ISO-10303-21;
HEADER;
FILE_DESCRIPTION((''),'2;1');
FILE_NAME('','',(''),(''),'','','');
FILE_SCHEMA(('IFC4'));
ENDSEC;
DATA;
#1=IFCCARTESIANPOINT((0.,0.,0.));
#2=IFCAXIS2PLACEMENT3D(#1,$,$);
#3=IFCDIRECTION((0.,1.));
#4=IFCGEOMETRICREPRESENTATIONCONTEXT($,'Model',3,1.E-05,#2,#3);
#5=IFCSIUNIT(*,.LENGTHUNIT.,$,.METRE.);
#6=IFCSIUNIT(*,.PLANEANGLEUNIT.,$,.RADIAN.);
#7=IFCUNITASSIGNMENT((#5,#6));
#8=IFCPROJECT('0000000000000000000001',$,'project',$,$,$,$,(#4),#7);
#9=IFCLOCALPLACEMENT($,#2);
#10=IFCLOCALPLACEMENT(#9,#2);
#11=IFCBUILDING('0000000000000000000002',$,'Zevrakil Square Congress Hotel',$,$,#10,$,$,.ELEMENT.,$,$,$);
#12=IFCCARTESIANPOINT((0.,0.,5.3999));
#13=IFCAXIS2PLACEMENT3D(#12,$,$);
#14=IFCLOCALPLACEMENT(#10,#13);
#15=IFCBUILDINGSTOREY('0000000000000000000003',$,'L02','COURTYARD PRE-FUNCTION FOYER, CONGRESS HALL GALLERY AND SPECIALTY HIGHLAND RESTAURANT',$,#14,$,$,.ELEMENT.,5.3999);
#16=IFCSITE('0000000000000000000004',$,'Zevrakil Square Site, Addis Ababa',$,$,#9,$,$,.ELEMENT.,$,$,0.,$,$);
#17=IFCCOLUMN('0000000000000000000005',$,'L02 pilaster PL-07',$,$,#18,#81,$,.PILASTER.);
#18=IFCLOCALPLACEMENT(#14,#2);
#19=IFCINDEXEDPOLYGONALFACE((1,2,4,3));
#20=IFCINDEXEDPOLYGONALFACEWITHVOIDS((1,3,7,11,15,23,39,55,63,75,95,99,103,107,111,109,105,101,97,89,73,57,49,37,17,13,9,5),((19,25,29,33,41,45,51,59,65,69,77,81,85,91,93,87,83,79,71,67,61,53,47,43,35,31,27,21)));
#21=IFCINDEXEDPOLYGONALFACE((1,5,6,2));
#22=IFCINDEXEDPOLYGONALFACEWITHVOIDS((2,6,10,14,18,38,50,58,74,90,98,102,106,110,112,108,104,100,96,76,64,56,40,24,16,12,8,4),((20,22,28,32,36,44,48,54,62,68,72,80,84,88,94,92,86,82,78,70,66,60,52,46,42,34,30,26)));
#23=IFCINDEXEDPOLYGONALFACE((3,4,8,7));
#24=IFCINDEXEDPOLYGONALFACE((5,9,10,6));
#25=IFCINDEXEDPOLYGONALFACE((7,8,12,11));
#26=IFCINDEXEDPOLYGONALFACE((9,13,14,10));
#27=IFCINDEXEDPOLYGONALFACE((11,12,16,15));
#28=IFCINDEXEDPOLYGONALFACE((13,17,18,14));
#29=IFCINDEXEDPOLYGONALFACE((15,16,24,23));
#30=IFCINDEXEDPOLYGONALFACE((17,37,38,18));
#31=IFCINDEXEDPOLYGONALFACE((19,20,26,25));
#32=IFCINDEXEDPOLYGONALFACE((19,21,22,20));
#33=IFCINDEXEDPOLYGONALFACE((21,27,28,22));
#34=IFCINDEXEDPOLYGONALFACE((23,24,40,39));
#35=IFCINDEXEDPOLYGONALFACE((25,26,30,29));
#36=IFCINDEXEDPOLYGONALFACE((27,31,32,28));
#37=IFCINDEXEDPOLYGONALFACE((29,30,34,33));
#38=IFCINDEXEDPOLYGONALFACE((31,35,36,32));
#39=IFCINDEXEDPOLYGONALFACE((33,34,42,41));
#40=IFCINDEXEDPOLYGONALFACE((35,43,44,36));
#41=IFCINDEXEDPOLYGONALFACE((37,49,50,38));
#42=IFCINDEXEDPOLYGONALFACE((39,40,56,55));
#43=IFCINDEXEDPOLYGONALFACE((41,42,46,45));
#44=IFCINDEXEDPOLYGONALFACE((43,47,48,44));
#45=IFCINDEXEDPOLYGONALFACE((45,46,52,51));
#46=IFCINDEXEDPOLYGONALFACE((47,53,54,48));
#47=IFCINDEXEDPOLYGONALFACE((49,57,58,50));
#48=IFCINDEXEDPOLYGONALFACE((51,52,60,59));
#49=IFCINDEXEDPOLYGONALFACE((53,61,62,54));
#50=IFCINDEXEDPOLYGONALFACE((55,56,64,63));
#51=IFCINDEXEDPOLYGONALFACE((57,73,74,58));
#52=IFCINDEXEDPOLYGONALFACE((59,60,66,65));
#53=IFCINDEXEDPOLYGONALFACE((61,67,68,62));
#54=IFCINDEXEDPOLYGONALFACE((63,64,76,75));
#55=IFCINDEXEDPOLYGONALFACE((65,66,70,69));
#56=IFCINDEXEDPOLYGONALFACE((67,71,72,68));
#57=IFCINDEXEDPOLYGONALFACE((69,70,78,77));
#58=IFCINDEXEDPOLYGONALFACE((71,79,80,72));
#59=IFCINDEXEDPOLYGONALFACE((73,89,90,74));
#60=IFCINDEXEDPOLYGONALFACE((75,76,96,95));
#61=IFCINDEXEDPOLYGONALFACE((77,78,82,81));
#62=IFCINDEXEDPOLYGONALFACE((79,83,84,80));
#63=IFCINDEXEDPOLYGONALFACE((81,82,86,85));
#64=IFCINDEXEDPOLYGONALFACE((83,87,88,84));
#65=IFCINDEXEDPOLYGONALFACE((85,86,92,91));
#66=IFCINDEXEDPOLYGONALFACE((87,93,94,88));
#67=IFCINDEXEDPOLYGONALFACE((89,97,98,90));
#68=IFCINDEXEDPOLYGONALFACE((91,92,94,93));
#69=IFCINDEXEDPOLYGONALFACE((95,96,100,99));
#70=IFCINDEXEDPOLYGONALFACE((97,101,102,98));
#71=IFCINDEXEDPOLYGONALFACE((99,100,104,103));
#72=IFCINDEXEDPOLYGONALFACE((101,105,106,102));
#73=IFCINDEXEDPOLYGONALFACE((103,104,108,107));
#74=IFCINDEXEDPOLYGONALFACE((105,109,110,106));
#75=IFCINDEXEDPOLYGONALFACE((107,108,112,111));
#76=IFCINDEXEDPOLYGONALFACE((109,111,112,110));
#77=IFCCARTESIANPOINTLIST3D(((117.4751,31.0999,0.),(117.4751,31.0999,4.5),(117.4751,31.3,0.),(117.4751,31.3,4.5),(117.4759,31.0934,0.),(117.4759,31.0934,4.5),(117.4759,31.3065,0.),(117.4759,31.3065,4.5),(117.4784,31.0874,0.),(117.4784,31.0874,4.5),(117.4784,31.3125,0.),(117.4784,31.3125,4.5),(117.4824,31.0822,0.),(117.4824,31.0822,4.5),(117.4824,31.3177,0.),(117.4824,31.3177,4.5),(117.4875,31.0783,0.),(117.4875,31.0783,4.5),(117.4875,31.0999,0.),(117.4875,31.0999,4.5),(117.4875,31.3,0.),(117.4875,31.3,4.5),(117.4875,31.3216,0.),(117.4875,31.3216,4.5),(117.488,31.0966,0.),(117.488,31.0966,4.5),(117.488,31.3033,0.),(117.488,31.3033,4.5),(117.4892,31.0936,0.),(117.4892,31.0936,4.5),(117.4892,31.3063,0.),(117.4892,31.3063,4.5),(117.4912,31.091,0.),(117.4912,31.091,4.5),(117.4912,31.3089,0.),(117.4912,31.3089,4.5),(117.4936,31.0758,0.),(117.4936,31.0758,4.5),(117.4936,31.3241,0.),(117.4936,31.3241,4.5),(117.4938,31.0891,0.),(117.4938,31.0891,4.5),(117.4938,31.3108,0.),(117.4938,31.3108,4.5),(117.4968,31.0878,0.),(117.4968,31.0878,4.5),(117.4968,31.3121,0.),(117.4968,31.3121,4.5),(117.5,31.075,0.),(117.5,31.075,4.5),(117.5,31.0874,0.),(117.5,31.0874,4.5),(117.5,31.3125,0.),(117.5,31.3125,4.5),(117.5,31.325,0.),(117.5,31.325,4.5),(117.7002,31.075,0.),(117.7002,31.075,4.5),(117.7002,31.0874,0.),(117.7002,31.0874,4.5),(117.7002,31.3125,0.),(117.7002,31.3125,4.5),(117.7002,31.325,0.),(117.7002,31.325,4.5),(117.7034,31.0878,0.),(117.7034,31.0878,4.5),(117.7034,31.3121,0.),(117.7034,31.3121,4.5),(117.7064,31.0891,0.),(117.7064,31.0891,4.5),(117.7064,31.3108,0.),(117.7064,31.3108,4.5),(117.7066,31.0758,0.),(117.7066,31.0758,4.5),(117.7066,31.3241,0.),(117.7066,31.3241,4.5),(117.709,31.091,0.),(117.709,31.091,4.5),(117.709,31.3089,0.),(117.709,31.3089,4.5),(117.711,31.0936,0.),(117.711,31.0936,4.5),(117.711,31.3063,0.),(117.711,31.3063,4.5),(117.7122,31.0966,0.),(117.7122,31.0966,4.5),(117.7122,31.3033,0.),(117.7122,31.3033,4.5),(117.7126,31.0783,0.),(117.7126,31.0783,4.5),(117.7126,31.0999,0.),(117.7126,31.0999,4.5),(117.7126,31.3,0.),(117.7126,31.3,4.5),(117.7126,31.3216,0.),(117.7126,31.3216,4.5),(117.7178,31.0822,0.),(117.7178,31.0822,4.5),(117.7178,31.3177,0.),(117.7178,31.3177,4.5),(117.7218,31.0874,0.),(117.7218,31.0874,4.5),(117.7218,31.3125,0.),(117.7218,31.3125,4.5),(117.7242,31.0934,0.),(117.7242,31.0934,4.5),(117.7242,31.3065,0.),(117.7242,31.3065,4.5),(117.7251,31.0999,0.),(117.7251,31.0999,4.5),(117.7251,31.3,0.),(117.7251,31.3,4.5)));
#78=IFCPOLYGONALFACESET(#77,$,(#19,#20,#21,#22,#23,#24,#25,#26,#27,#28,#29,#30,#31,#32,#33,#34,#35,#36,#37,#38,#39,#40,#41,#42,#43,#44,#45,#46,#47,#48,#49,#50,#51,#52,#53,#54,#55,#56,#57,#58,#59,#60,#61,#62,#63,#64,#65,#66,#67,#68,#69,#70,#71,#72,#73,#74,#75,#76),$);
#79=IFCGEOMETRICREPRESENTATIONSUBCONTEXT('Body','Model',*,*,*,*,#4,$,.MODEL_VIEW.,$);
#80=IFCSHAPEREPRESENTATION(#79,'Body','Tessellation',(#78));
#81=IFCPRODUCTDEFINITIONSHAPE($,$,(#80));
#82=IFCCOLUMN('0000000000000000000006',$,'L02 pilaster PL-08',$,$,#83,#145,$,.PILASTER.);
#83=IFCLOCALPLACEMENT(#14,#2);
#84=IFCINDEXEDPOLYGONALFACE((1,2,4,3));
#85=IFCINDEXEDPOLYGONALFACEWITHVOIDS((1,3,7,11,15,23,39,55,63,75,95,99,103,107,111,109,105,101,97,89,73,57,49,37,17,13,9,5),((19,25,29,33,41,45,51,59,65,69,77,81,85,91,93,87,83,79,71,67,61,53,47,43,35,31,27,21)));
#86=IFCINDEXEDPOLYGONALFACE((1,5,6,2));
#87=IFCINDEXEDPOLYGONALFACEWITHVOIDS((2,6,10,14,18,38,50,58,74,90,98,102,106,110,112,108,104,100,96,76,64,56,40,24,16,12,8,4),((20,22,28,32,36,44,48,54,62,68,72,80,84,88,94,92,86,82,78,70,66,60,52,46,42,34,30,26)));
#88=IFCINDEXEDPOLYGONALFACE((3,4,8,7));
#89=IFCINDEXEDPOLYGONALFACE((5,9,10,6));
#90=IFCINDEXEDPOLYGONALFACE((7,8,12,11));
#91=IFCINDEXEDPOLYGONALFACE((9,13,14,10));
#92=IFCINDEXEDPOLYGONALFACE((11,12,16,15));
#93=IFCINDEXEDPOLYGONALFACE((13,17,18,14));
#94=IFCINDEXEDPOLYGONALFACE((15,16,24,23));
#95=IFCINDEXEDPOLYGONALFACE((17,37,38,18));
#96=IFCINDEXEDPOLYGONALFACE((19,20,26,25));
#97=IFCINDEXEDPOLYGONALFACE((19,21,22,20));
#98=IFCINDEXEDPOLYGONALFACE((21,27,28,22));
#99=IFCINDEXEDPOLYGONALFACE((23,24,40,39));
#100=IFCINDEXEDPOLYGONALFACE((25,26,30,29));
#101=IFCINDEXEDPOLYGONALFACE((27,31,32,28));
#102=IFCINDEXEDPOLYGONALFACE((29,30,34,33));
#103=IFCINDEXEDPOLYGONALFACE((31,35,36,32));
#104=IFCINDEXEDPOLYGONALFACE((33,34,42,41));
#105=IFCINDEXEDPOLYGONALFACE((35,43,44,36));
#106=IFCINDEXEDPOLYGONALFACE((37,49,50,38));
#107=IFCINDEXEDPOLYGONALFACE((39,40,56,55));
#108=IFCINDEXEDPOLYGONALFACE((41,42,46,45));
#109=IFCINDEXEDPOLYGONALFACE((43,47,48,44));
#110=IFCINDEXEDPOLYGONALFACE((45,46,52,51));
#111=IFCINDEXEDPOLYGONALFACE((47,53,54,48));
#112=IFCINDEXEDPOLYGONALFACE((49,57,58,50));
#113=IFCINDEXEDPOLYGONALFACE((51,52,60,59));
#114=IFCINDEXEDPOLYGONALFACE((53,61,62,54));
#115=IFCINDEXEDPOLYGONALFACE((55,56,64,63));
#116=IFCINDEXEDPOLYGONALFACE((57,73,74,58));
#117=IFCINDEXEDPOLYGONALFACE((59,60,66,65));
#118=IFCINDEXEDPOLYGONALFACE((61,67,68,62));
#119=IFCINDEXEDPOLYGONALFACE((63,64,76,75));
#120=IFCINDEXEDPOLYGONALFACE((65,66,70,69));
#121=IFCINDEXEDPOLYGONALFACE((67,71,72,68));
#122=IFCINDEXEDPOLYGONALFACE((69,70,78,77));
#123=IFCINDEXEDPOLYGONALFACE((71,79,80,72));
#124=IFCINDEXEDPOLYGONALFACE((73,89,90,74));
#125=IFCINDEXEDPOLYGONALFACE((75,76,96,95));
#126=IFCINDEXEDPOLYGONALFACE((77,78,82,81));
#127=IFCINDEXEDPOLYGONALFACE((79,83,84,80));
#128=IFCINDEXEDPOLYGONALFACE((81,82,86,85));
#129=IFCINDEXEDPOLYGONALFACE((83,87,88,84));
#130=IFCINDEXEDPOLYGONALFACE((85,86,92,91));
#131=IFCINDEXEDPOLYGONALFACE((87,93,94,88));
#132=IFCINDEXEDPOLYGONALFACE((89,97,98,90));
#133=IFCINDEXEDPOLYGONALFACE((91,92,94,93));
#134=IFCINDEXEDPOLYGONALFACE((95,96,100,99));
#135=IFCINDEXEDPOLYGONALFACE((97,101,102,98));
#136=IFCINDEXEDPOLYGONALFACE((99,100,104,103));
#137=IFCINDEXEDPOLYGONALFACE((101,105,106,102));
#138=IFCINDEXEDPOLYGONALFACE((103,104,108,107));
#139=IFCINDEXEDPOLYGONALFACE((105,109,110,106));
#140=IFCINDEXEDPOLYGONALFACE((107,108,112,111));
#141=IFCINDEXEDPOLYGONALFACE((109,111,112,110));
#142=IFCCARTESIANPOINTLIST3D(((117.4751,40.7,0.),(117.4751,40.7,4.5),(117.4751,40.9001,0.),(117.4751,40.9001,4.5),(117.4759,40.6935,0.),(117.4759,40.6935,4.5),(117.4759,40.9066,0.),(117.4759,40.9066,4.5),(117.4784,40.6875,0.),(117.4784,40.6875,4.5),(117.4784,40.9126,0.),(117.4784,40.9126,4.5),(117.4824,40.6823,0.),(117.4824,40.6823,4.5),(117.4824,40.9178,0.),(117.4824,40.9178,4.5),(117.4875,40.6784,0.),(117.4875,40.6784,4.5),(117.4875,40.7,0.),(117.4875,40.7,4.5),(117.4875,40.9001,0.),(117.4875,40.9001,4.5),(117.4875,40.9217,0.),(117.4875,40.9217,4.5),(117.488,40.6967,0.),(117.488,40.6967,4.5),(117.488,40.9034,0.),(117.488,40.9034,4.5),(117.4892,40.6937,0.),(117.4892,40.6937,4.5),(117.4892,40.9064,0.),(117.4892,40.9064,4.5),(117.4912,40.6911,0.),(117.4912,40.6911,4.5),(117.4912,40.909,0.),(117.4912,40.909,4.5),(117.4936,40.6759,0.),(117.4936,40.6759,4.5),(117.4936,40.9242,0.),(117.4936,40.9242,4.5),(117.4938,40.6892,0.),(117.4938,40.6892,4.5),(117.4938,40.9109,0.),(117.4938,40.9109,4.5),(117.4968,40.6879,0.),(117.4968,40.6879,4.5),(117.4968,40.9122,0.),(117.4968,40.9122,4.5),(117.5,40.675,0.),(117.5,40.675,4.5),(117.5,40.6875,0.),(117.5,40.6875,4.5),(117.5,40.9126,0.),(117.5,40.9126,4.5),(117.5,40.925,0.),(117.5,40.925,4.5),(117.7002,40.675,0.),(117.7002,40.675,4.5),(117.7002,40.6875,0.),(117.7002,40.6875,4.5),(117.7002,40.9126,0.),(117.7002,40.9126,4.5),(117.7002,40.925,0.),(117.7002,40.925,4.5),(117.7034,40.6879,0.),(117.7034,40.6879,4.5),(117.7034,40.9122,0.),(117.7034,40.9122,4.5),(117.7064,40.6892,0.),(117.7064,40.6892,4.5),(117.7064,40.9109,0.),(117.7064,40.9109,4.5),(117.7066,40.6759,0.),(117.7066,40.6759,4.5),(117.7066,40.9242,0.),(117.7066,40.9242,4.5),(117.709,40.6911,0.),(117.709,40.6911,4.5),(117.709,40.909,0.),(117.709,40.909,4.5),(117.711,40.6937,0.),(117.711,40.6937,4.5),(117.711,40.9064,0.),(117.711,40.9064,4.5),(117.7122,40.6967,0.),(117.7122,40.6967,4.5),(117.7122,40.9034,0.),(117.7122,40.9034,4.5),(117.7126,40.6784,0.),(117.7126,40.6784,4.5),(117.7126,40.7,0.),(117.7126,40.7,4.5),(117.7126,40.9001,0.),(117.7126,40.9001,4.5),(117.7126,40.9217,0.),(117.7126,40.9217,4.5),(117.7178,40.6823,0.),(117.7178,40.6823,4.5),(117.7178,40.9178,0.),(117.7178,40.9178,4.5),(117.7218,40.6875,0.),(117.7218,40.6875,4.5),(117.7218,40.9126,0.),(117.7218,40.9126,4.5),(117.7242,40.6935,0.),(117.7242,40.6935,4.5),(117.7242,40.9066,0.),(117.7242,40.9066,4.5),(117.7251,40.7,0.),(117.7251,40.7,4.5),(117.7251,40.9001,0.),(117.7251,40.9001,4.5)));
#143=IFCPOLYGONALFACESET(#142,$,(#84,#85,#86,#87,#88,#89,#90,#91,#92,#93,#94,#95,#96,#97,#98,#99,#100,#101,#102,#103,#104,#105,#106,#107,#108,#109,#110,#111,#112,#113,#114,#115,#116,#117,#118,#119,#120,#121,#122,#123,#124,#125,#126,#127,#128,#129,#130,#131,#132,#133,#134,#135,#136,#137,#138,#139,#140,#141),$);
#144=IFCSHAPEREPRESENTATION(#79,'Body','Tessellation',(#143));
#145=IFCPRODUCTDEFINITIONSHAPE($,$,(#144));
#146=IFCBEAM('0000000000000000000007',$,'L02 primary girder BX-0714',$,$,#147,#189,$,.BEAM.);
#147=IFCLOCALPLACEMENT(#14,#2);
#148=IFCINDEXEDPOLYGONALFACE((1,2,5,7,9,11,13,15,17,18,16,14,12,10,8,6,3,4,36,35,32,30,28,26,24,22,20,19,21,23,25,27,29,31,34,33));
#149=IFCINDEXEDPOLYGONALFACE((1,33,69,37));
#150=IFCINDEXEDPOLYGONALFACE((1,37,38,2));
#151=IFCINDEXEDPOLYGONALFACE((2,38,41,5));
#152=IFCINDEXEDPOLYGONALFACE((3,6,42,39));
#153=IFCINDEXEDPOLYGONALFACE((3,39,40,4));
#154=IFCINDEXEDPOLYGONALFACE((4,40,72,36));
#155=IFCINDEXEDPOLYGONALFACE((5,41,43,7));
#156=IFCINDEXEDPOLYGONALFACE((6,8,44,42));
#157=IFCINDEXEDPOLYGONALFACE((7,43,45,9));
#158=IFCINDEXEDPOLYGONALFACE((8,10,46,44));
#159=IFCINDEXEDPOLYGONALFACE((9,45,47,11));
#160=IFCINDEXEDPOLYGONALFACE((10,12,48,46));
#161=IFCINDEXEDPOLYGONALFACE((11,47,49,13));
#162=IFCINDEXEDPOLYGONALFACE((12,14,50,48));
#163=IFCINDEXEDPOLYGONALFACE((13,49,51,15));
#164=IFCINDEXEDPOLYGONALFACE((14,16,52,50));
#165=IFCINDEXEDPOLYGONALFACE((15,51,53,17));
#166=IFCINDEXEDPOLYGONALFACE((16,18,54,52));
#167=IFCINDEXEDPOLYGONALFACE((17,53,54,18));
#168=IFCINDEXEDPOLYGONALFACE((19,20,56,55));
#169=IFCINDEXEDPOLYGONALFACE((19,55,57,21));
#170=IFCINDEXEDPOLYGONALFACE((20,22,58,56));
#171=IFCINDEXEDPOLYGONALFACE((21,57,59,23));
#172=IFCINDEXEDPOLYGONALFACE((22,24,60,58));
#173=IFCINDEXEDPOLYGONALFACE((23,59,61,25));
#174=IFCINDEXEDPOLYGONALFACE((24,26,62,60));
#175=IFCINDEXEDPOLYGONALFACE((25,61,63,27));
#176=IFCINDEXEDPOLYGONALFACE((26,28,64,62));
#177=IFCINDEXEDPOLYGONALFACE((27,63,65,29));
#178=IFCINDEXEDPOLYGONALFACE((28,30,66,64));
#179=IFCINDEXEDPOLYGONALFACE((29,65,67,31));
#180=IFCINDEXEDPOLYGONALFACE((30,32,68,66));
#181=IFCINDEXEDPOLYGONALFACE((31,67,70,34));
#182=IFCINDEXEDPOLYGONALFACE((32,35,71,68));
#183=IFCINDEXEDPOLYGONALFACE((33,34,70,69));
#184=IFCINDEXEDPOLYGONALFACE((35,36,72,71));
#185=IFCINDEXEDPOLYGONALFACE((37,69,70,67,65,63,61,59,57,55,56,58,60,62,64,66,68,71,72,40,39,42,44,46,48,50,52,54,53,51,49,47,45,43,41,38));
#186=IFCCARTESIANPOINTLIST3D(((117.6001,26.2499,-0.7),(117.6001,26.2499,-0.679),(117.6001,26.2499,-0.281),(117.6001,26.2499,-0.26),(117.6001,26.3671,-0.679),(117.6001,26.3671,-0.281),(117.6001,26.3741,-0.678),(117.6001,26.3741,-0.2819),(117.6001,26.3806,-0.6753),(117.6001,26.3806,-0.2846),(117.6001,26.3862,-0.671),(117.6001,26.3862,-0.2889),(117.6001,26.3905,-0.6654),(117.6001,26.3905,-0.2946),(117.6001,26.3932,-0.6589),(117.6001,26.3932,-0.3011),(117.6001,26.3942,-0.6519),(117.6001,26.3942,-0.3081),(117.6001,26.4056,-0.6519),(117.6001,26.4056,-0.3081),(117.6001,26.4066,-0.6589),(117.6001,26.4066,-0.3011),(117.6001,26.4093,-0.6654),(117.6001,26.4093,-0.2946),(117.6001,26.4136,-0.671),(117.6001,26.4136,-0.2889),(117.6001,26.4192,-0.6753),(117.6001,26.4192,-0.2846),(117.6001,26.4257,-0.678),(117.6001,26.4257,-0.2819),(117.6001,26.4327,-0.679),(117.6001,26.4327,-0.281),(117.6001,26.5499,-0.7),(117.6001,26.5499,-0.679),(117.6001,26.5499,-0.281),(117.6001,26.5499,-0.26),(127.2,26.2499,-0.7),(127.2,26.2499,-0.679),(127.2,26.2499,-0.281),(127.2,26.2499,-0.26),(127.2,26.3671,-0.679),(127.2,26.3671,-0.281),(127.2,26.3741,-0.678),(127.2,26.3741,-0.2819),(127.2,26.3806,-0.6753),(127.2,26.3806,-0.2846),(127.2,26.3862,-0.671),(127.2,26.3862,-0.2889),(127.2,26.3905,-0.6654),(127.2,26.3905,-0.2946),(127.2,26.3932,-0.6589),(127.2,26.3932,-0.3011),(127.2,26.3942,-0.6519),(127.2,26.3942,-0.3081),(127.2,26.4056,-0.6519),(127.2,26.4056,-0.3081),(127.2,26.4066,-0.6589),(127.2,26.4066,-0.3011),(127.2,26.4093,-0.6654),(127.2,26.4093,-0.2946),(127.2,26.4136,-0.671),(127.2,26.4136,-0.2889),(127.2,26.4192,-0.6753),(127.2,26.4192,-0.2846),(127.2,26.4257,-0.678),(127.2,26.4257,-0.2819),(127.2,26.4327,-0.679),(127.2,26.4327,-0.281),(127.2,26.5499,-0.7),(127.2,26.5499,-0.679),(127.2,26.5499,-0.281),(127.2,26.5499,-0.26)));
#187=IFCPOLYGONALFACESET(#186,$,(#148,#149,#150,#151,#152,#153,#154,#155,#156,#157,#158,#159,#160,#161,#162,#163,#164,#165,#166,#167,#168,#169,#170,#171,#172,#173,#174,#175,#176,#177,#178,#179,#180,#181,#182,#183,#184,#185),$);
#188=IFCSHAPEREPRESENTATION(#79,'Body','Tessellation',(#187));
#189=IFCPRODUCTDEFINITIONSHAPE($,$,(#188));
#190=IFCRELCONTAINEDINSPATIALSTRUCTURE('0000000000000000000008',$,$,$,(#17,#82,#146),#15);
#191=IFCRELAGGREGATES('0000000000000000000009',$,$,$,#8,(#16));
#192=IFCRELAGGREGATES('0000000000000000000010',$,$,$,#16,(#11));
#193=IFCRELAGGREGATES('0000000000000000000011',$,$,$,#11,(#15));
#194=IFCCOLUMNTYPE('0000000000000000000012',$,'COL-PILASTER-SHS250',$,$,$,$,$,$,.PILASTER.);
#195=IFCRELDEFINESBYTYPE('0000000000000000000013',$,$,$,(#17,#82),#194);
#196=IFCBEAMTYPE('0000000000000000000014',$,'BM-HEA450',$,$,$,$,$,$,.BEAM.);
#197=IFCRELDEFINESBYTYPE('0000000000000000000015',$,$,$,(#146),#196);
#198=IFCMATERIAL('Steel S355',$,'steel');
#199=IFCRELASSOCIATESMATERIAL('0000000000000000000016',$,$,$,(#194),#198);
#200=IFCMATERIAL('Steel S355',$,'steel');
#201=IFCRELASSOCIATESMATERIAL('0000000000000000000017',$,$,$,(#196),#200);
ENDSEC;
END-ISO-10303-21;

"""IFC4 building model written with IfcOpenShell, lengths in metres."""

from ifc_helpers import new_model, si_unit, direction, frame, origin, origin_2d, place, context, subcontext, project, spatial, hollow_rectangle, i_section, extrude, material, material_profile, profile_set, type_object, element, save


model = new_model("IFC4")

# Units and contexts
model_context = context("Model", 3, precision=1e-05, world=origin(), true_north=direction((0.0, 1.0)))
body_context = subcontext(model_context, "Body", "Model", "MODEL_VIEW")
ifc_project = project(units=[si_unit("LENGTHUNIT", "METRE"), si_unit("PLANEANGLEUNIT", "RADIAN")], contexts=[model_context])

# Site, building, storey
site_placement = place(None, origin())
site = spatial("IfcSite", under=ifc_project, at=site_placement, Name="Zevrakil Square Site, Addis Ababa", CompositionType="ELEMENT", RefElevation=0.0)
building_placement = place(site_placement, origin())
building = spatial("IfcBuilding", under=site, at=building_placement, Name="Zevrakil Square Congress Hotel", CompositionType="ELEMENT")
storey_placement = place(building_placement, frame((0.0, 0.0, 5.3999)))
storey = spatial("IfcBuildingStorey", under=building, at=storey_placement, Name="L02", Description="COURTYARD PRE-FUNCTION FOYER, CONGRESS HALL GALLERY AND SPECIALTY HIGHLAND RESTAURANT", CompositionType="ELEMENT", Elevation=5.3999)

# Columns
ifc_material_1 = material(Name="Steel S355", Category="steel")
ifc_material_profile_1 = material_profile(ifc_material_1, hollow_rectangle(XDim=0.25, YDim=0.25, WallThickness=0.0125, InnerFilletRadius=0.0125, OuterFilletRadius=0.0249, at=origin_2d()), Name="SHS 250x250x12.5")
ifc_profile_set_1 = profile_set([ifc_material_profile_1], Name="Steel S355")
column_type_1 = type_object("IfcColumnType", Name="COL-PILASTER-SHS250", PredefinedType="PILASTER", material=ifc_profile_set_1)
for number, where, z_axis, x_axis, name in (
    (1, (117.6001, 31.2, 0.0), (0.0, 0.0, 1.0), (1.0, 0.0, 0.0), "L02 pilaster PL-07"),
    (2, (117.6001, 40.8, 0.0), (0.0, 0.0, 1.0), (1.0, 0.0, 0.0), "L02 pilaster PL-08"),
):
    element("IfcColumn", number, at=place(storey_placement, frame(where, z_axis=z_axis, x_axis=x_axis)), inside=storey, type_object=column_type_1, Name=name, PredefinedType="PILASTER", context=body_context, shape_type="SweptSolid", body=[
        extrude(hollow_rectangle(XDim=0.25, YDim=0.25, WallThickness=0.0125, InnerFilletRadius=0.0125, OuterFilletRadius=0.0249, at=origin_2d()), origin(), (0.0, 0.0, 1.0), 4.5),
    ])

# Beam
ifc_material_2 = material(Name="Steel S355", Category="steel")
ifc_material_profile_2 = material_profile(ifc_material_2, i_section(OverallWidth=0.3, OverallDepth=0.4399, WebThickness=0.0115, FlangeThickness=0.021, FilletRadius=0.0271, at=origin_2d()), Name="HEA 450")
ifc_profile_set_2 = profile_set([ifc_material_profile_2], Name="Steel S355")
beam_type_1 = type_object("IfcBeamType", Name="BM-HEA450", PredefinedType="BEAM", material=ifc_profile_set_2)
beam_1_placement = place(storey_placement, frame((117.6001, 26.3999, -0.48), z_axis=(1.0, 0.0, 0.0), x_axis=(0.0, 1.0, 0.0)))
element("IfcBeam", 3, at=beam_1_placement, inside=storey, type_object=beam_type_1, Name="L02 primary girder BX-0714", PredefinedType="BEAM", context=body_context, shape_type="SweptSolid", body=[
    extrude(i_section(OverallWidth=0.3, OverallDepth=0.4399, WebThickness=0.0115, FlangeThickness=0.021, FilletRadius=0.0271, at=origin_2d()), origin(), (0.0, 0.0, 1.0), 9.5999),
])

save(model, "model.ifc")
